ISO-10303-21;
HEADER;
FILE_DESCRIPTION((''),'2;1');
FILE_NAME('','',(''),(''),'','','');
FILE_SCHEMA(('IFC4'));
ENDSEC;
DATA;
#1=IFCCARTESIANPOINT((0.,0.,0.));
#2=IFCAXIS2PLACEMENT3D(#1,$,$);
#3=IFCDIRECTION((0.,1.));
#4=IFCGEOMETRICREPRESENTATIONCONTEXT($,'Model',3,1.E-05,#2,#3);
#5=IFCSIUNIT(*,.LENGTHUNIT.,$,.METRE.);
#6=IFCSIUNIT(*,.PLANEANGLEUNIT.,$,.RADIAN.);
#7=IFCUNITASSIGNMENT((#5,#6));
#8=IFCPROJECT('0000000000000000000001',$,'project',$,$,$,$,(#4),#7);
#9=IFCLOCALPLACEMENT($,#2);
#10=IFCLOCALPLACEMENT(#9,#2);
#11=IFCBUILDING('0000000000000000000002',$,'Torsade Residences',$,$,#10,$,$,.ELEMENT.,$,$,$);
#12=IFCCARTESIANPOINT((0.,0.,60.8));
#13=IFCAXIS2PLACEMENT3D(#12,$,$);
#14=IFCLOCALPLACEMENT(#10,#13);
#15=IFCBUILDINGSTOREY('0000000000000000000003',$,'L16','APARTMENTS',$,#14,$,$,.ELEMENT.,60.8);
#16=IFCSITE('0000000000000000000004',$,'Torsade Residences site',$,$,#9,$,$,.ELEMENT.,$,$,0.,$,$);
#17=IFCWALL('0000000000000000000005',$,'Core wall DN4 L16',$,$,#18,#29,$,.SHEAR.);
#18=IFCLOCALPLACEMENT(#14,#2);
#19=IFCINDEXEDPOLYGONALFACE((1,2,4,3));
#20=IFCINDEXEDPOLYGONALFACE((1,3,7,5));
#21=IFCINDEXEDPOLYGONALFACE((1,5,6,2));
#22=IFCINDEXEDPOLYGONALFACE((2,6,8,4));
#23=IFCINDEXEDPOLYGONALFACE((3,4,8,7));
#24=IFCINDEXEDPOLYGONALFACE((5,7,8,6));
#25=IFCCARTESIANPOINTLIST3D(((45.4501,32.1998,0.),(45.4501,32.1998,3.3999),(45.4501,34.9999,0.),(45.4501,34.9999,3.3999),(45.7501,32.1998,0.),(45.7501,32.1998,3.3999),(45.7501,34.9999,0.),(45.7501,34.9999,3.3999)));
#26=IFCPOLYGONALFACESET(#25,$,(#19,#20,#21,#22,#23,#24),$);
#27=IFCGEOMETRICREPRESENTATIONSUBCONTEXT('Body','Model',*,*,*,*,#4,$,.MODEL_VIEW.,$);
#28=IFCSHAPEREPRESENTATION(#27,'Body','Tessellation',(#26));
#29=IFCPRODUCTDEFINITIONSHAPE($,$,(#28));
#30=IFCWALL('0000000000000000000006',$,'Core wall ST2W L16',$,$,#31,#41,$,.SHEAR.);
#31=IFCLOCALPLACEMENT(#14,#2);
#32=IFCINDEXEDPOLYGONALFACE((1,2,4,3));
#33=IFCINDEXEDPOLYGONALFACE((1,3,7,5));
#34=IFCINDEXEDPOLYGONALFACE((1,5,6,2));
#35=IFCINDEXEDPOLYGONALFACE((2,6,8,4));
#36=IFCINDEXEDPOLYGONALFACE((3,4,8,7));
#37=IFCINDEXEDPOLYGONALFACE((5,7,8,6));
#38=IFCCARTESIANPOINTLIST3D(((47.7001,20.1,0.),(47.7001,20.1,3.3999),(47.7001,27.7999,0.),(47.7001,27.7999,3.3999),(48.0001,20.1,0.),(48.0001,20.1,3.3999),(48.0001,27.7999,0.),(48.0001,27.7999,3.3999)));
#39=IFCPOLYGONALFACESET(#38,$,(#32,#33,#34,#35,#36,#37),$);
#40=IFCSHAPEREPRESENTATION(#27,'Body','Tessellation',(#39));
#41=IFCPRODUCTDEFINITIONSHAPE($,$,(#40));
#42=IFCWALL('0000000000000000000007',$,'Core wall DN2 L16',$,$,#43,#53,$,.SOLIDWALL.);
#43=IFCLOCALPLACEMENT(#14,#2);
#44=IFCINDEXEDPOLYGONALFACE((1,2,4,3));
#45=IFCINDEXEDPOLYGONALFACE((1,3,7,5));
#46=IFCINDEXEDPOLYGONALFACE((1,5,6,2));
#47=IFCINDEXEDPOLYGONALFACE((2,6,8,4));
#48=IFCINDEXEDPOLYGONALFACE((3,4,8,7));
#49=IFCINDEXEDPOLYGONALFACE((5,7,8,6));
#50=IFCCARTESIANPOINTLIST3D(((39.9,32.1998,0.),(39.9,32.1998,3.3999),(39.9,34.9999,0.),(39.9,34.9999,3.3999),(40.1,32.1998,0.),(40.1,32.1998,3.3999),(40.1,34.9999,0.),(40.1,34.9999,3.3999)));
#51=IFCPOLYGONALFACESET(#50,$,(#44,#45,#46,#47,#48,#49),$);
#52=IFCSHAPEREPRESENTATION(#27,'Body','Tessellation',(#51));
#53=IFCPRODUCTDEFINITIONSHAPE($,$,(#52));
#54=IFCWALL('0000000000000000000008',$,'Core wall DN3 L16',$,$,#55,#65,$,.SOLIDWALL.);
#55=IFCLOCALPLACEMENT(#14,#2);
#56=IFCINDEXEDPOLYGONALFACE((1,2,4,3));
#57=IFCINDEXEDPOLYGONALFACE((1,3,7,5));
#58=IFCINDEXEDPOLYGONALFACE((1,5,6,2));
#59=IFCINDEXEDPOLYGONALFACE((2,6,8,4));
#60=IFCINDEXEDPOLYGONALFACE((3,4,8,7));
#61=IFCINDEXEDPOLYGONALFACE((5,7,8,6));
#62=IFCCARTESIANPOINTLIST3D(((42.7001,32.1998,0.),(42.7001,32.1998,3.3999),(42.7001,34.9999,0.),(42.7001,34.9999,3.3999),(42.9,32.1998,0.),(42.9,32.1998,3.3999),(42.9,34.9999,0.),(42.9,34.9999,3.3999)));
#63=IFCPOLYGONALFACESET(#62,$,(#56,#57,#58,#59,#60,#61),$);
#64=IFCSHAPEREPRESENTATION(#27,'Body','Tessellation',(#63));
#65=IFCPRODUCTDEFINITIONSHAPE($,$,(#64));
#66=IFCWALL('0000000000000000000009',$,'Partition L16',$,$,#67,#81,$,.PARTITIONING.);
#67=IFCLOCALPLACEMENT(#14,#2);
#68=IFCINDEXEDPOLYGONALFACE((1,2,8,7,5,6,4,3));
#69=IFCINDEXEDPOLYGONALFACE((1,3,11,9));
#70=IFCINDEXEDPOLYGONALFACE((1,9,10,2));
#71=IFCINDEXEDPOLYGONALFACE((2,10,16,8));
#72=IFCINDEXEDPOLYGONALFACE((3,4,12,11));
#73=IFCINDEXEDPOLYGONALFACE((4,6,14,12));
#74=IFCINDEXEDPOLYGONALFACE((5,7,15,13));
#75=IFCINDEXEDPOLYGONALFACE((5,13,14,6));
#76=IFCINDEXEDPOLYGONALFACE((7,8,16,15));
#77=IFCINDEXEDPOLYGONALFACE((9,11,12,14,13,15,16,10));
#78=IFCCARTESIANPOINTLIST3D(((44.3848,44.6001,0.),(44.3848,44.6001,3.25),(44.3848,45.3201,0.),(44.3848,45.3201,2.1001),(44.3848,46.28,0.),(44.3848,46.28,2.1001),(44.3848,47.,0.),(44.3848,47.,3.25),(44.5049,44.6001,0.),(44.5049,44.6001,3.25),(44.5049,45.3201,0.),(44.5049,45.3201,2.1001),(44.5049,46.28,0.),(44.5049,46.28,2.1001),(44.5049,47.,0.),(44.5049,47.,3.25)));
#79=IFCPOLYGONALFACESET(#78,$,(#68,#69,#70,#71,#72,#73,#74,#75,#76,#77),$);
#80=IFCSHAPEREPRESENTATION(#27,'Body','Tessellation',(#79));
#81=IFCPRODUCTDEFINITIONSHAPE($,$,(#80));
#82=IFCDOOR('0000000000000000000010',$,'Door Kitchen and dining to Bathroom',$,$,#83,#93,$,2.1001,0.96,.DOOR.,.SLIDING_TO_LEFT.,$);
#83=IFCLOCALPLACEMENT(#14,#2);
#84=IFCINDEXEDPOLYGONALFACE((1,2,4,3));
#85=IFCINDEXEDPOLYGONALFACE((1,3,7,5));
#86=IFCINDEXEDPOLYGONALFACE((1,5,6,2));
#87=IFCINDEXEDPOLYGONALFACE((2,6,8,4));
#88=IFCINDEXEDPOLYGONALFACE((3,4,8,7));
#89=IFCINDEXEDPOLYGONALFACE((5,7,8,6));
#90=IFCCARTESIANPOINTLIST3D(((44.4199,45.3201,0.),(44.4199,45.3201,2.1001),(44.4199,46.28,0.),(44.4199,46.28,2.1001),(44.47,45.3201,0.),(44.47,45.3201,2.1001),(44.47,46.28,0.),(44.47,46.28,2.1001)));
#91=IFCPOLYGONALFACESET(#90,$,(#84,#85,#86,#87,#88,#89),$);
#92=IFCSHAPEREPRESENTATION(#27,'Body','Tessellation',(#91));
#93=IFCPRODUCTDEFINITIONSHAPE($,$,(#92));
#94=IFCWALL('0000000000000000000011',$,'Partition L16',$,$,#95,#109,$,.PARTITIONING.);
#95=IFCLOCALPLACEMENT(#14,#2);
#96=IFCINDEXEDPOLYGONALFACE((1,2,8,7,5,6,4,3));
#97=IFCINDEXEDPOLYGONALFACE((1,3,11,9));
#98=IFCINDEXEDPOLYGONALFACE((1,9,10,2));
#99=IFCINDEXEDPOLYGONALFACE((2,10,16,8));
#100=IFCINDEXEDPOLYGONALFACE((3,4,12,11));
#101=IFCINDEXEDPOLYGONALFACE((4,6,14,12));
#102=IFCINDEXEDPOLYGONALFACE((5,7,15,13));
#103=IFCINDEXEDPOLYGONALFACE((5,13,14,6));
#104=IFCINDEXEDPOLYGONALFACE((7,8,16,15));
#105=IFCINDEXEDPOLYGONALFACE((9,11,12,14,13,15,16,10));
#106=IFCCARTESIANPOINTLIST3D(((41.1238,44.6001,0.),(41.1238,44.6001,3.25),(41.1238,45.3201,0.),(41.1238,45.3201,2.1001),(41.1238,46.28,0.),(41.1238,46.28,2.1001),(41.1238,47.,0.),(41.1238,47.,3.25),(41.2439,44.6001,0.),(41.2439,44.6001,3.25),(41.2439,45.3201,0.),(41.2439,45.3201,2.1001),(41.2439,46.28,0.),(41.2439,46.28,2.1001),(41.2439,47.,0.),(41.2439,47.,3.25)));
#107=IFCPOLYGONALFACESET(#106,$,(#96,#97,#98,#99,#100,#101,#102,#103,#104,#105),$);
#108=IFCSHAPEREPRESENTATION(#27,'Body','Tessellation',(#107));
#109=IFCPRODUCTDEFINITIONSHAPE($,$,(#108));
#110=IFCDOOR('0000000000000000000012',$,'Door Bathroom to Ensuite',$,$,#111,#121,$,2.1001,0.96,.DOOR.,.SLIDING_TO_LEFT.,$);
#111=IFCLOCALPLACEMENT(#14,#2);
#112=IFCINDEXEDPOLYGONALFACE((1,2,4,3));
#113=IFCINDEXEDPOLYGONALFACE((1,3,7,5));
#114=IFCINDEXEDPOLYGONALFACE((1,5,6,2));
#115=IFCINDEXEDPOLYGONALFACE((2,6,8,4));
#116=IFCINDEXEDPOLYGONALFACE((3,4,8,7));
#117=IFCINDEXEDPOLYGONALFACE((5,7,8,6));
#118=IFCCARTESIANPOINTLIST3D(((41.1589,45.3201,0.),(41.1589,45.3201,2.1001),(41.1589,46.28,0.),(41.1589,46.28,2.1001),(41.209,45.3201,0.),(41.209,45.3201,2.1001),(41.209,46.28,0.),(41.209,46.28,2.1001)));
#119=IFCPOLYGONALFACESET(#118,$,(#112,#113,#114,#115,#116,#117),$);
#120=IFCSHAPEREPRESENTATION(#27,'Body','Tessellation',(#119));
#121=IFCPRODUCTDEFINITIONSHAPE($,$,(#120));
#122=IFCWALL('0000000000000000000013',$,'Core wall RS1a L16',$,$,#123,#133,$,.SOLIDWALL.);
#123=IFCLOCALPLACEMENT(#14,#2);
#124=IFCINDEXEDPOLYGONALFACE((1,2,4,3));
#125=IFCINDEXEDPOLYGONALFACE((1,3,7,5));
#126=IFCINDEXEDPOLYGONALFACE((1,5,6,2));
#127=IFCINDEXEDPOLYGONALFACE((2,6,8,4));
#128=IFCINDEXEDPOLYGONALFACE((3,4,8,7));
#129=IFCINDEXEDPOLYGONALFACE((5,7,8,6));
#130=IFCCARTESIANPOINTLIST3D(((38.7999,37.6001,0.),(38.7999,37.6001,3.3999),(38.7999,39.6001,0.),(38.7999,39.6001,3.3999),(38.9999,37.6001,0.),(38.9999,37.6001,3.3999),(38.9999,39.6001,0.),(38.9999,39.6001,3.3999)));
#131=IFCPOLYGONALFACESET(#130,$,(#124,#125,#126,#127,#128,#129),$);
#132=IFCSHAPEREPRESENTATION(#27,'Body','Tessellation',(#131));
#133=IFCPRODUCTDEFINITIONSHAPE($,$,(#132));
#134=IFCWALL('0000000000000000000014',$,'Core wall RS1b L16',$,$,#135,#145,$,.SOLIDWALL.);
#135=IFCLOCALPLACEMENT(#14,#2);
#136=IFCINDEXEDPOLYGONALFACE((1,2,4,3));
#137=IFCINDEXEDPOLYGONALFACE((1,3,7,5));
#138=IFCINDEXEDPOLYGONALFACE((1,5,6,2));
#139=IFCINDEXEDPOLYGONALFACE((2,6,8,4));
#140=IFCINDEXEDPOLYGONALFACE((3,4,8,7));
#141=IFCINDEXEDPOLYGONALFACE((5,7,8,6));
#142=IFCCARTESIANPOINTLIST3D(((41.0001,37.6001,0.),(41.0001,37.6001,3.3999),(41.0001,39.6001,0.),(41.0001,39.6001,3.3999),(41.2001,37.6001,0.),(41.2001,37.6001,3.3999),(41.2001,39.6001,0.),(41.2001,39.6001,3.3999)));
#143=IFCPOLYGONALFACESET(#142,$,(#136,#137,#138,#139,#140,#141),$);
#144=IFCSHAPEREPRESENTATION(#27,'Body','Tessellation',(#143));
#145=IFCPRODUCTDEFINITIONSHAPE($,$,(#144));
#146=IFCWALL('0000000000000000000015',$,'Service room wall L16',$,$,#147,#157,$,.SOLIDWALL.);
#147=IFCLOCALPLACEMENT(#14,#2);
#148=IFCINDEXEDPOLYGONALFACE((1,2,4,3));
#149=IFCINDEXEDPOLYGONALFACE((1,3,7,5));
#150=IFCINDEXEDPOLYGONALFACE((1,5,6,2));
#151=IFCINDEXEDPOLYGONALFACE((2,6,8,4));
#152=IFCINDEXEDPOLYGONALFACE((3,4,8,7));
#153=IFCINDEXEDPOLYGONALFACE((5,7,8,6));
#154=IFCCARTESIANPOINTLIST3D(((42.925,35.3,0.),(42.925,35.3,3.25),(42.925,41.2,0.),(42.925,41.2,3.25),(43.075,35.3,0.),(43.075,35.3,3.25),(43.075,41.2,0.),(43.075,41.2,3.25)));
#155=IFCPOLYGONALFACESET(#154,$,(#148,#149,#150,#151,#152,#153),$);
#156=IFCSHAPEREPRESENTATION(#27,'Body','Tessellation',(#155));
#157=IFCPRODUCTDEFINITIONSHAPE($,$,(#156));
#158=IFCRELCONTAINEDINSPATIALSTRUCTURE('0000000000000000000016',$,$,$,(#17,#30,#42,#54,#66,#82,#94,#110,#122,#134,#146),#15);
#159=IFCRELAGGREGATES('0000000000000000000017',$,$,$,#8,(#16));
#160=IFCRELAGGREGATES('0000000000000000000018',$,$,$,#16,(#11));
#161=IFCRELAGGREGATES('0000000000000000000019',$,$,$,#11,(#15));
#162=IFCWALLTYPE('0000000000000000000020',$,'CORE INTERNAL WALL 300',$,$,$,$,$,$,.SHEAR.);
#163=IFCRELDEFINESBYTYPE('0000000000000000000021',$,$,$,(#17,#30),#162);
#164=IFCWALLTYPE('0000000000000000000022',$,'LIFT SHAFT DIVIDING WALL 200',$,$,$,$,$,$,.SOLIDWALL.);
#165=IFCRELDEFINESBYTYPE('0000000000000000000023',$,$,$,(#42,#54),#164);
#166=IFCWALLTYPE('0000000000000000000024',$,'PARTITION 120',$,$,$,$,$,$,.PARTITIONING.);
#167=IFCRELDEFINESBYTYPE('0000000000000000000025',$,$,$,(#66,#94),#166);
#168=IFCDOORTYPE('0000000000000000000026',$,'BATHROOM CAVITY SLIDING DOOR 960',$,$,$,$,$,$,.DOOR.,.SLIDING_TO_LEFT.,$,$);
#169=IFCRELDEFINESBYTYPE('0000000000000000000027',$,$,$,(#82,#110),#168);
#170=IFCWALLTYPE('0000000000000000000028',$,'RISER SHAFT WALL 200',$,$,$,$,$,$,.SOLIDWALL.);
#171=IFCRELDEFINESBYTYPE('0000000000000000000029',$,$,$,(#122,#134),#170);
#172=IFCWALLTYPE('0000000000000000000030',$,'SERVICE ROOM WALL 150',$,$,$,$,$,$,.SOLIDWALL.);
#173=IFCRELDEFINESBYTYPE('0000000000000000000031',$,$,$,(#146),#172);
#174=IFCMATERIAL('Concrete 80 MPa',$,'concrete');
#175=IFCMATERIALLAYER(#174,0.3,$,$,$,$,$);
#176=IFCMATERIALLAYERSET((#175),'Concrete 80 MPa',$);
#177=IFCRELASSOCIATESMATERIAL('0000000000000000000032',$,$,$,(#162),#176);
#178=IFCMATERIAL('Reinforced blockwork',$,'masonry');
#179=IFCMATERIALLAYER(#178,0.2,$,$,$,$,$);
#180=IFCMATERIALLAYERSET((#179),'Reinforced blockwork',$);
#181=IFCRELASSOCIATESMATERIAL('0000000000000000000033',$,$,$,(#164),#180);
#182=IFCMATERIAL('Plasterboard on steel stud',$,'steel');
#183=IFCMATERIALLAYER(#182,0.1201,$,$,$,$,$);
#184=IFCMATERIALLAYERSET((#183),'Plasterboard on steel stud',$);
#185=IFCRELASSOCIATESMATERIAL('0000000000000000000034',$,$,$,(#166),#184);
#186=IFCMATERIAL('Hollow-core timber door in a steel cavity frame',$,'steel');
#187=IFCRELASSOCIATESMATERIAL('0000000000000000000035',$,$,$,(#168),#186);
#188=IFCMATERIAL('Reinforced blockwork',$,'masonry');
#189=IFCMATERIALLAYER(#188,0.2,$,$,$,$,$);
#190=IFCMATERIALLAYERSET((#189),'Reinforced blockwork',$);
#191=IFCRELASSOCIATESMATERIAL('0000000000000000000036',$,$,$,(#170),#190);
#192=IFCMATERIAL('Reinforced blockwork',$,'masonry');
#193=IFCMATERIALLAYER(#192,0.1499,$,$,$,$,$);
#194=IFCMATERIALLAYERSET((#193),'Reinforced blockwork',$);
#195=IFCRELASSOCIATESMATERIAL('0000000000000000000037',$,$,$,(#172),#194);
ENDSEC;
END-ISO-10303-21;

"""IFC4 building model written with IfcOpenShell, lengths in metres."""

from ifc_helpers import new_model, si_unit, direction, frame, frame_2d, origin, place, context, subcontext, project, spatial, rectangle, extrude, material, layer, layer_set, type_object, element, fill, save


model = new_model("IFC4")

# Units and contexts
model_context = context("Model", 3, precision=1e-05, world=origin(), true_north=direction((0.0, 1.0)))
body_context = subcontext(model_context, "Body", "Model", "MODEL_VIEW")
ifc_project = project(units=[si_unit("LENGTHUNIT", "METRE"), si_unit("PLANEANGLEUNIT", "RADIAN")], contexts=[model_context])

# Site, building, storey
site_placement = place(None, origin())
site = spatial("IfcSite", under=ifc_project, at=site_placement, Name="Torsade Residences site", CompositionType="ELEMENT", RefElevation=0.0)
building_placement = place(site_placement, origin())
building = spatial("IfcBuilding", under=site, at=building_placement, Name="Torsade Residences", CompositionType="ELEMENT")
storey_placement = place(building_placement, frame((0.0, 0.0, 60.8)))
storey = spatial("IfcBuildingStorey", under=building, at=storey_placement, Name="L16", Description="APARTMENTS", CompositionType="ELEMENT", Elevation=60.8)

# Walls
ifc_material_1 = material(Name="Concrete 80 MPa", Category="concrete")
ifc_layer_1 = layer(ifc_material_1, 0.3)
ifc_layer_set_1 = layer_set([ifc_layer_1], Name="Concrete 80 MPa")
wall_type_1 = type_object("IfcWallType", Name="CORE INTERNAL WALL 300", PredefinedType="SHEAR", material=ifc_layer_set_1)
wall_1_placement = place(storey_placement, frame((45.6001, 32.2, 0.0), z_axis=(0.0, 0.0, 1.0), x_axis=(0.0, 1.0, 0.0)))
element("IfcWall", 1, at=wall_1_placement, inside=storey, type_object=wall_type_1, Name="Core wall DN4 L16", PredefinedType="SHEAR", context=body_context, shape_type="SweptSolid", body=[
    extrude(rectangle(XDim=2.8, YDim=0.3, at=frame_2d((1.3999, 0.0))), origin(), (0.0, 0.0, 1.0), 3.3999),
])
wall_2_placement = place(storey_placement, frame((47.8501, 27.8, 0.0), z_axis=(0.0, 0.0, 1.0), x_axis=(0.0, -1.0, 0.0)))
element("IfcWall", 2, at=wall_2_placement, inside=storey, type_object=wall_type_1, Name="Core wall ST2W L16", PredefinedType="SHEAR", context=body_context, shape_type="SweptSolid", body=[
    extrude(rectangle(XDim=7.7, YDim=0.3, at=frame_2d((3.8501, 0.0))), origin(), (0.0, 0.0, 1.0), 3.3999),
])
ifc_material_2 = material(Name="Reinforced blockwork", Category="masonry")
ifc_layer_2 = layer(ifc_material_2, 0.2)
ifc_layer_set_2 = layer_set([ifc_layer_2], Name="Reinforced blockwork")
wall_type_2 = type_object("IfcWallType", Name="LIFT SHAFT DIVIDING WALL 200", PredefinedType="SOLIDWALL", material=ifc_layer_set_2)
for number, where, z_axis, x_axis, name in (
    (3, (40.0, 32.2, 0.0), (0.0, 0.0, 1.0), (0.0, 1.0, 0.0), "Core wall DN2 L16"),
    (4, (42.8, 32.2, 0.0), (0.0, 0.0, 1.0), (0.0, 1.0, 0.0), "Core wall DN3 L16"),
):
    element("IfcWall", number, at=place(storey_placement, frame(where, z_axis=z_axis, x_axis=x_axis)), inside=storey, type_object=wall_type_2, Name=name, PredefinedType="SOLIDWALL", context=body_context, shape_type="SweptSolid", body=[
        extrude(rectangle(XDim=2.8, YDim=0.2, at=frame_2d((1.3999, 0.0))), origin(), (0.0, 0.0, 1.0), 3.3999),
    ])

# Walls, openings, doors
ifc_material_3 = material(Name="Plasterboard on steel stud", Category="steel")
ifc_layer_3 = layer(ifc_material_3, 0.1201)
ifc_layer_set_3 = layer_set([ifc_layer_3], Name="Plasterboard on steel stud")
wall_type_3 = type_object("IfcWallType", Name="PARTITION 120", PredefinedType="PARTITIONING", material=ifc_layer_set_3)
wall_3_placement = place(storey_placement, frame((44.4448, 44.6001, 0.0), z_axis=(0.0, 0.0, 1.0), x_axis=(0.0, 1.0, 0.0)))
wall_3 = element("IfcWall", 5, at=wall_3_placement, inside=storey, type_object=wall_type_3, Name="Partition L16", PredefinedType="PARTITIONING", context=body_context, shape_type="SweptSolid", body=[
    extrude(rectangle(XDim=2.3999, YDim=0.1201, at=frame_2d((1.2, 0.0))), origin(), (0.0, 0.0, 1.0), 3.25),
])
opening_1_placement = place(wall_3_placement, frame((0.72, 0.0, 0.0)))
opening_1 = element("IfcOpeningElement", 6, at=opening_1_placement, cuts=wall_3, PredefinedType="OPENING", context=body_context, shape_type="SweptSolid", body=[
    extrude(rectangle(XDim=0.96, YDim=2.1001, at=frame_2d((0.48, 1.05))), frame((0.0, 0.0701, 0.0), z_axis=(0.0, -1.0, 0.0), x_axis=(1.0, 0.0, 0.0)), (0.0, 0.0, 1.0), 0.1401),
])
ifc_material_4 = material(Name="Hollow-core timber door in a steel cavity frame", Category="steel")
door_type_1 = type_object("IfcDoorType", Name="BATHROOM CAVITY SLIDING DOOR 960", OperationType="SLIDING_TO_LEFT", PredefinedType="DOOR", material=ifc_material_4)
door_1_placement = place(opening_1_placement, origin())
door_1 = element("IfcDoor", 7, at=door_1_placement, inside=storey, type_object=door_type_1, Name="Door Kitchen and dining to Bathroom", OperationType="SLIDING_TO_LEFT", OverallHeight=2.1001, OverallWidth=0.96, PredefinedType="DOOR", context=body_context, shape_type="SweptSolid", body=[
    extrude(rectangle(XDim=0.96, YDim=2.1001, at=frame_2d((0.48, 1.05))), frame((0.0, 0.0249, 0.0), z_axis=(0.0, -1.0, 0.0), x_axis=(1.0, 0.0, 0.0)), (0.0, 0.0, 1.0), 0.05),
])
fill(opening_1, door_1)
wall_4_placement = place(storey_placement, frame((41.1838, 44.6001, 0.0), z_axis=(0.0, 0.0, 1.0), x_axis=(0.0, 1.0, 0.0)))
wall_4 = element("IfcWall", 8, at=wall_4_placement, inside=storey, type_object=wall_type_3, Name="Partition L16", PredefinedType="PARTITIONING", context=body_context, shape_type="SweptSolid", body=[
    extrude(rectangle(XDim=2.3999, YDim=0.1201, at=frame_2d((1.2, 0.0))), origin(), (0.0, 0.0, 1.0), 3.25),
])
opening_2_placement = place(wall_4_placement, frame((0.72, 0.0, 0.0)))
opening_2 = element("IfcOpeningElement", 9, at=opening_2_placement, cuts=wall_4, PredefinedType="OPENING", context=body_context, shape_type="SweptSolid", body=[
    extrude(rectangle(XDim=0.96, YDim=2.1001, at=frame_2d((0.48, 1.05))), frame((0.0, 0.0701, 0.0), z_axis=(0.0, -1.0, 0.0), x_axis=(1.0, 0.0, 0.0)), (0.0, 0.0, 1.0), 0.1401),
])
door_2_placement = place(opening_2_placement, origin())
door_2 = element("IfcDoor", 10, at=door_2_placement, inside=storey, type_object=door_type_1, Name="Door Bathroom to Ensuite", OperationType="SLIDING_TO_LEFT", OverallHeight=2.1001, OverallWidth=0.96, PredefinedType="DOOR", context=body_context, shape_type="SweptSolid", body=[
    extrude(rectangle(XDim=0.96, YDim=2.1001, at=frame_2d((0.48, 1.05))), frame((0.0, 0.0249, 0.0), z_axis=(0.0, -1.0, 0.0), x_axis=(1.0, 0.0, 0.0)), (0.0, 0.0, 1.0), 0.05),
])
fill(opening_2, door_2)

# Walls
ifc_material_5 = material(Name="Reinforced blockwork", Category="masonry")
ifc_layer_4 = layer(ifc_material_5, 0.2)
ifc_layer_set_4 = layer_set([ifc_layer_4], Name="Reinforced blockwork")
wall_type_4 = type_object("IfcWallType", Name="RISER SHAFT WALL 200", PredefinedType="SOLIDWALL", material=ifc_layer_set_4)
for number, where, z_axis, x_axis, name in (
    (11, (38.8999, 37.6001, 0.0), (0.0, 0.0, 1.0), (0.0, 1.0, 0.0), "Core wall RS1a L16"),
    (12, (41.1001, 37.6001, 0.0), (0.0, 0.0, 1.0), (0.0, 1.0, 0.0), "Core wall RS1b L16"),
):
    element("IfcWall", number, at=place(storey_placement, frame(where, z_axis=z_axis, x_axis=x_axis)), inside=storey, type_object=wall_type_4, Name=name, PredefinedType="SOLIDWALL", context=body_context, shape_type="SweptSolid", body=[
        extrude(rectangle(XDim=2.0, YDim=0.2, at=frame_2d((1.0, 0.0))), origin(), (0.0, 0.0, 1.0), 3.3999),
    ])
ifc_material_6 = material(Name="Reinforced blockwork", Category="masonry")
ifc_layer_5 = layer(ifc_material_6, 0.1499)
ifc_layer_set_5 = layer_set([ifc_layer_5], Name="Reinforced blockwork")
wall_type_5 = type_object("IfcWallType", Name="SERVICE ROOM WALL 150", PredefinedType="SOLIDWALL", material=ifc_layer_set_5)
wall_5_placement = place(storey_placement, frame((43.0, 41.2, 0.0), z_axis=(0.0, 0.0, 1.0), x_axis=(0.0, -1.0, 0.0)))
element("IfcWall", 13, at=wall_5_placement, inside=storey, type_object=wall_type_5, Name="Service room wall L16", PredefinedType="SOLIDWALL", context=body_context, shape_type="SweptSolid", body=[
    extrude(rectangle(XDim=5.8999, YDim=0.1499, at=frame_2d((2.95, 0.0))), origin(), (0.0, 0.0, 1.0), 3.25),
])

save(model, "model.ifc")
